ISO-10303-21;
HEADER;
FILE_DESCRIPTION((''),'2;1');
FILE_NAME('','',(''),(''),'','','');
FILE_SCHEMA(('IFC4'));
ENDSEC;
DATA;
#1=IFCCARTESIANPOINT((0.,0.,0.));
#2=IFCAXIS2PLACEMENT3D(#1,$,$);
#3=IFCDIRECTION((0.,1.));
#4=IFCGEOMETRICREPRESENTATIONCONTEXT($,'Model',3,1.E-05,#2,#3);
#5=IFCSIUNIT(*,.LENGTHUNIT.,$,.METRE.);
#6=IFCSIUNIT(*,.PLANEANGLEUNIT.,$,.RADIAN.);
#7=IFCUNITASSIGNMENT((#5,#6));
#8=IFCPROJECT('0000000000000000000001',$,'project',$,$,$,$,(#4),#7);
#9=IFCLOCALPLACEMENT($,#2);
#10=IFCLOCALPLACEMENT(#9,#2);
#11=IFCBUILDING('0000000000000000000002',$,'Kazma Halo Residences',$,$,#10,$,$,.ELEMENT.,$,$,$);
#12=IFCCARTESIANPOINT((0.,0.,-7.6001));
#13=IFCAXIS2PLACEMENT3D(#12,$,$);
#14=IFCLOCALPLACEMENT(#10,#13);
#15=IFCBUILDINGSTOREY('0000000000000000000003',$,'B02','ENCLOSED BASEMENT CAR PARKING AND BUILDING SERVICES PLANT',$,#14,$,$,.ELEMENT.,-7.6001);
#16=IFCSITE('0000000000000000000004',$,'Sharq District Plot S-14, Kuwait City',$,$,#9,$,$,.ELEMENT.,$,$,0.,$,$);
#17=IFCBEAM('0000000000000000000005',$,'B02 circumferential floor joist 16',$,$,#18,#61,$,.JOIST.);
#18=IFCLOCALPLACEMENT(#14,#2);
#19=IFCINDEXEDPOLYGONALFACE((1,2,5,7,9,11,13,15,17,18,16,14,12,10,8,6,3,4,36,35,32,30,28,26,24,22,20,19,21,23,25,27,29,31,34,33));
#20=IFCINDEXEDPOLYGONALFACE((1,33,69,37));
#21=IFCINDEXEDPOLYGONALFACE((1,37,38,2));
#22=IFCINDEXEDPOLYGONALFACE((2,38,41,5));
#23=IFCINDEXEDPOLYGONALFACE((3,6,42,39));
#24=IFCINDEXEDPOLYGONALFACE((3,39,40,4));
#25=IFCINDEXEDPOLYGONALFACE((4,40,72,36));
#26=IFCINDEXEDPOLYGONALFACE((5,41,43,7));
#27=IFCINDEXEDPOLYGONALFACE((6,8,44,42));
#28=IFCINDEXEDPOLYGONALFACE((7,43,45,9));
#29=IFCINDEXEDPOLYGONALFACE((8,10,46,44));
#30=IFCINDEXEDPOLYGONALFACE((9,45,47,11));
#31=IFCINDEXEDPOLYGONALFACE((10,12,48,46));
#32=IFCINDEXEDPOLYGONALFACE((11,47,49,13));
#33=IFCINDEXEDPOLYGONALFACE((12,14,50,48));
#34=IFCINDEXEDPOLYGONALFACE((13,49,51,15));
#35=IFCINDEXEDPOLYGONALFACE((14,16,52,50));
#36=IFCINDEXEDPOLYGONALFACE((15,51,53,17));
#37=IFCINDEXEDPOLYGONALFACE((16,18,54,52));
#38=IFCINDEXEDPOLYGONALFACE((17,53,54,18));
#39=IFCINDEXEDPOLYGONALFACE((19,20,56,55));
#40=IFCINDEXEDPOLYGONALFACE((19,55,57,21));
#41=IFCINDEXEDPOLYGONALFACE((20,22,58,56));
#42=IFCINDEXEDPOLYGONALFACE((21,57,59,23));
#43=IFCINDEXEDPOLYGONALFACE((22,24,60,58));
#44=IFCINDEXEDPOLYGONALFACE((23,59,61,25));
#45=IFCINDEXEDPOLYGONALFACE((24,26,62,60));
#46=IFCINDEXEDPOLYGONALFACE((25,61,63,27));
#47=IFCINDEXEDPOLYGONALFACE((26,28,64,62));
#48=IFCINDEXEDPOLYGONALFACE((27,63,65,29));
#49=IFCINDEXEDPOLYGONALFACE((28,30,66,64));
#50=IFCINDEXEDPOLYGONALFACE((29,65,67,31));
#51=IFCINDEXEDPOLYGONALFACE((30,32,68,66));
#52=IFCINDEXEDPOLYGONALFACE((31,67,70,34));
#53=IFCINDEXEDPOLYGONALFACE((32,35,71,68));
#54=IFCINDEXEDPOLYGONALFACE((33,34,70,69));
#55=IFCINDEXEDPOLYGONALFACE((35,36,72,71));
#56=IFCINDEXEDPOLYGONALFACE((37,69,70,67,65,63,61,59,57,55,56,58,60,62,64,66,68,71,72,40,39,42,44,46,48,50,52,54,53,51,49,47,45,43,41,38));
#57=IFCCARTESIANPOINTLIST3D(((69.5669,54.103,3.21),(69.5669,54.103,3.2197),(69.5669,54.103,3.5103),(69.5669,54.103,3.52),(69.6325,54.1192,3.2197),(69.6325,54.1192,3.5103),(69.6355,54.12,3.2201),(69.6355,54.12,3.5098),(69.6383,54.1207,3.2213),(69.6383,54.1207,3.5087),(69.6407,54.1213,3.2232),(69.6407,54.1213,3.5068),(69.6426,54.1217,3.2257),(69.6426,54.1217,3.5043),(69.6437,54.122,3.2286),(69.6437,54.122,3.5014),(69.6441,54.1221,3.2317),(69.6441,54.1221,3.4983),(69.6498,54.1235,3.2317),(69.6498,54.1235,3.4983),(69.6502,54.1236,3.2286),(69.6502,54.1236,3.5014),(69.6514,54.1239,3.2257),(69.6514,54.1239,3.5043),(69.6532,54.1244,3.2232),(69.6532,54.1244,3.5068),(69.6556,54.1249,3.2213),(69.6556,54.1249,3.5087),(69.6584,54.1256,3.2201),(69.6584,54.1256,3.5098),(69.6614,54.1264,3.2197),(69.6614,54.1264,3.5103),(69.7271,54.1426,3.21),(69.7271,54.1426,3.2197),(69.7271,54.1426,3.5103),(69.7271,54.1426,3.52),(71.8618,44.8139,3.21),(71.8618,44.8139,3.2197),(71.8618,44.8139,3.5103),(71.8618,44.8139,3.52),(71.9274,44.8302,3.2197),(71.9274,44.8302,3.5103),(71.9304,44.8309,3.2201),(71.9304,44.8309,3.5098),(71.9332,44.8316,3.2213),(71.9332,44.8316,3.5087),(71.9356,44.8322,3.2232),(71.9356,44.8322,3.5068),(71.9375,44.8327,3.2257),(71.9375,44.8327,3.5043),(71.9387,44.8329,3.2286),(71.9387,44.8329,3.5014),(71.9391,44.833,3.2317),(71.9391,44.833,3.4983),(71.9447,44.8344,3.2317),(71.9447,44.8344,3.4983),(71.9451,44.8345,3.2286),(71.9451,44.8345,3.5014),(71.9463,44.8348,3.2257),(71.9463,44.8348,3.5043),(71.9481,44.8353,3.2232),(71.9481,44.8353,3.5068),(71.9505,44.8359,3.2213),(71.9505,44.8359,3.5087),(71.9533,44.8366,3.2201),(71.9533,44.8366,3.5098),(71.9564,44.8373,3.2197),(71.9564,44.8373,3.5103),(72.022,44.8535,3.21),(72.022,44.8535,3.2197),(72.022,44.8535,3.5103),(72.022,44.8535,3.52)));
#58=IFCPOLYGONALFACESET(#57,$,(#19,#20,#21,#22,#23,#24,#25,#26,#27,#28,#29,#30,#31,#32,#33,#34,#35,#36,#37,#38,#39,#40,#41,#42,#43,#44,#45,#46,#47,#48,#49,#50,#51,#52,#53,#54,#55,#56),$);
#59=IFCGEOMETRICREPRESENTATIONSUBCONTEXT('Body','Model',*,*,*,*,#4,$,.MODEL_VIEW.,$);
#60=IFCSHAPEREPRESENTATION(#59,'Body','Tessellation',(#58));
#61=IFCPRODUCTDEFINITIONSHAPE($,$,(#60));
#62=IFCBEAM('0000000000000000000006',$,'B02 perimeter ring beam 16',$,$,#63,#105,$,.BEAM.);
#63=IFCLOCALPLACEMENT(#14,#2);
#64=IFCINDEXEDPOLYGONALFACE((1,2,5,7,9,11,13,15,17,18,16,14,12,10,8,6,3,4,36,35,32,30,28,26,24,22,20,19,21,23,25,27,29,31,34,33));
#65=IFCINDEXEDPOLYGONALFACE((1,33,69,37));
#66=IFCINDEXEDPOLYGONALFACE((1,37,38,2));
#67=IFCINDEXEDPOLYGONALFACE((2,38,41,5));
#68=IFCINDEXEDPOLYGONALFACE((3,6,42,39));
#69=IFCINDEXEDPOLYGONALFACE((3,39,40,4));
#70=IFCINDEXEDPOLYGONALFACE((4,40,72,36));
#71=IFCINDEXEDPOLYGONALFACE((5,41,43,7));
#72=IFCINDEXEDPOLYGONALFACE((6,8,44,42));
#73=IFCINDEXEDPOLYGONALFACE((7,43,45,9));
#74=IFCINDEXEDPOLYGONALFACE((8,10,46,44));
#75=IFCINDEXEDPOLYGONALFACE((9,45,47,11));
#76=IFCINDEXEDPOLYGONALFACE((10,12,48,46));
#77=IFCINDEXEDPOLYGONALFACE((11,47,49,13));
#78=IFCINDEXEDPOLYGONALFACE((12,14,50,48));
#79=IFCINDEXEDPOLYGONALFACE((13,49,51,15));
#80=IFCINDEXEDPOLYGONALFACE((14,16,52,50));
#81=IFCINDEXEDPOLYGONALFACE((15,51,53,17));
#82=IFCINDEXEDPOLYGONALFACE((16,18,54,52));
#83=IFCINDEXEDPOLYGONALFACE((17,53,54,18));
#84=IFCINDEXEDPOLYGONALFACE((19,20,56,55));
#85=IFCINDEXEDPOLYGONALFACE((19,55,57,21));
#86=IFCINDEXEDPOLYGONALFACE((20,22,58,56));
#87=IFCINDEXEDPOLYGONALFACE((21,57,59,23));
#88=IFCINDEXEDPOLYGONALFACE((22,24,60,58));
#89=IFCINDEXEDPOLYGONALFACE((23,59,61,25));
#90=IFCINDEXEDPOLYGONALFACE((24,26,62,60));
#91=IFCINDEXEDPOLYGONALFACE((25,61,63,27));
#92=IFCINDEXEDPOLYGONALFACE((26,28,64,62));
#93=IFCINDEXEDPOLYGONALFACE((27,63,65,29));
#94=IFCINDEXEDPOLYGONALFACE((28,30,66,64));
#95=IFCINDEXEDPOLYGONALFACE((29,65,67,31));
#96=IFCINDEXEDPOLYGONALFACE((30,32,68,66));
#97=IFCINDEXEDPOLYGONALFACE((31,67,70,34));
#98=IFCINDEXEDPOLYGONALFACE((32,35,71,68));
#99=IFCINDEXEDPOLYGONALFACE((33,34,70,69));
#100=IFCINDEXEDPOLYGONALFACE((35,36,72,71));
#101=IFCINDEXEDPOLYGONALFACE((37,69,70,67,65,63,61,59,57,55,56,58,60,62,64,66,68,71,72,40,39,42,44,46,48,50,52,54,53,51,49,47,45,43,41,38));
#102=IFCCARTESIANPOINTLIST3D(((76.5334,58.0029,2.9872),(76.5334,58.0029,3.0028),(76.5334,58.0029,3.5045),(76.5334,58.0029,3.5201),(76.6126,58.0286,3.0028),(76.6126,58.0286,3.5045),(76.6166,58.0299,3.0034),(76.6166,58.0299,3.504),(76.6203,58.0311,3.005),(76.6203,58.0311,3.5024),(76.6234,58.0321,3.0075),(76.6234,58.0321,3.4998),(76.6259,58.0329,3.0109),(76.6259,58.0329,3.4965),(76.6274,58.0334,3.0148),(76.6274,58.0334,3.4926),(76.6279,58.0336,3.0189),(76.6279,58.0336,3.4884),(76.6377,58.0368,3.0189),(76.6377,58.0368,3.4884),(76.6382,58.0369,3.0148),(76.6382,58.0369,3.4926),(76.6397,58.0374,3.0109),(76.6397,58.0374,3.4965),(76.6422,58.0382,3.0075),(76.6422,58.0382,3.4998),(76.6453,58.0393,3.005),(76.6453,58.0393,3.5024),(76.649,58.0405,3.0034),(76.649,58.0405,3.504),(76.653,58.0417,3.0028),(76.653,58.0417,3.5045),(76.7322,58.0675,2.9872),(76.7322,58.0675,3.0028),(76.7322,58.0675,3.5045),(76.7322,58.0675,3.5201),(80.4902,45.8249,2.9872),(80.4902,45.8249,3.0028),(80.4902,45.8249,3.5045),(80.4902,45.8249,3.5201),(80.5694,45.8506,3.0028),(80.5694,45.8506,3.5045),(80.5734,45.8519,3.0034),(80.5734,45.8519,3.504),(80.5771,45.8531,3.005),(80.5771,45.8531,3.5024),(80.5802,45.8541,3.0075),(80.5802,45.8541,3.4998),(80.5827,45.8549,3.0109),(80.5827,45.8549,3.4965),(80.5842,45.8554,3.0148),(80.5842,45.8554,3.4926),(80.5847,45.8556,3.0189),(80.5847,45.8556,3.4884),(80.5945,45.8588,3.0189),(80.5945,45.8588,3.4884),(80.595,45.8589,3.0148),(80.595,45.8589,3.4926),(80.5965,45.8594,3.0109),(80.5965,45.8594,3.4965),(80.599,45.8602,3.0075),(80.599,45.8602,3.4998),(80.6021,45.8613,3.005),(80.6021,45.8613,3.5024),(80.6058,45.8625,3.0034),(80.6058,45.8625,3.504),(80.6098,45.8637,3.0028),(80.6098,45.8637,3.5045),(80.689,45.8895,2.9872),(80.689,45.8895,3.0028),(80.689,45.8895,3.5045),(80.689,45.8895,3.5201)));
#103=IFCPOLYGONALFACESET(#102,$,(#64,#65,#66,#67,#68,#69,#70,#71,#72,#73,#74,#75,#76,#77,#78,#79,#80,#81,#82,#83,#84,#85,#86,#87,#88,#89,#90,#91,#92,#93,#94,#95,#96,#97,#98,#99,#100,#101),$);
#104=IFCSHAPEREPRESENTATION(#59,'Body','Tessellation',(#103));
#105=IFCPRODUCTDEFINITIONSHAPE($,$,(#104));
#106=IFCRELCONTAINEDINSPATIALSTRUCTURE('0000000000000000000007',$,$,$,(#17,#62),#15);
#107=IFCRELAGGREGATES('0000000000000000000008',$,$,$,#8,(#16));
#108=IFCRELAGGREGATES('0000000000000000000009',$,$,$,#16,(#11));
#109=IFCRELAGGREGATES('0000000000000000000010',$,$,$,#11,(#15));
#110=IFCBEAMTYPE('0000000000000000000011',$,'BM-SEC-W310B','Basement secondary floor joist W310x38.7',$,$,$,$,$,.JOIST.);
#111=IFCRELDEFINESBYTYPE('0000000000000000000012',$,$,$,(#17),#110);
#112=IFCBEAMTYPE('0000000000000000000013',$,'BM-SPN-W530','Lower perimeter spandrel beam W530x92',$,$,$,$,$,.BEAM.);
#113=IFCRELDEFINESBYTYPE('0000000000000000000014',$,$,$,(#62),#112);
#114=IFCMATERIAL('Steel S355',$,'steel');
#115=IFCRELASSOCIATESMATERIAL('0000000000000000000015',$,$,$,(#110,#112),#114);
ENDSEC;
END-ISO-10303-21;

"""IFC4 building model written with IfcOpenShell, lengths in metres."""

from ifc_helpers import new_model, si_unit, direction, frame, origin, origin_2d, place, context, subcontext, project, spatial, i_section, extrude, material, material_profile, profile_set, type_object, element, save


model = new_model("IFC4")

# Units and contexts
model_context = context("Model", 3, precision=1e-05, world=origin(), true_north=direction((0.0, 1.0)))
body_context = subcontext(model_context, "Body", "Model", "MODEL_VIEW")
ifc_project = project(units=[si_unit("LENGTHUNIT", "METRE"), si_unit("PLANEANGLEUNIT", "RADIAN")], contexts=[model_context])

# Site, building, storey
site_placement = place(None, origin())
site = spatial("IfcSite", under=ifc_project, at=site_placement, Name="Sharq District Plot S-14, Kuwait City", CompositionType="ELEMENT", RefElevation=0.0)
building_placement = place(site_placement, origin())
building = spatial("IfcBuilding", under=site, at=building_placement, Name="Kazma Halo Residences", CompositionType="ELEMENT")
storey_placement = place(building_placement, frame((0.0, 0.0, -7.6001)))
storey = spatial("IfcBuildingStorey", under=building, at=storey_placement, Name="B02", Description="ENCLOSED BASEMENT CAR PARKING AND BUILDING SERVICES PLANT", CompositionType="ELEMENT", Elevation=-7.6001)

# Beams
ifc_material_1 = material(Name="Steel S355", Category="steel")
ifc_material_profile_1 = material_profile(ifc_material_1, i_section(OverallWidth=0.165, OverallDepth=0.3101, WebThickness=0.0059, FlangeThickness=0.0098, FilletRadius=0.012, at=origin_2d()), Name="W310x38.7")
ifc_profile_set_1 = profile_set([ifc_material_profile_1], Name="Steel S355")
beam_type_1 = type_object("IfcBeamType", Name="BM-SEC-W310B", Description="Basement secondary floor joist W310x38.7", PredefinedType="JOIST", material=ifc_profile_set_1)
beam_1_placement = place(storey_placement, frame((71.9419, 44.8337, 3.365), z_axis=(-0.239845, 0.970811, 0.0), x_axis=(-0.970811, -0.239845, 0.0)))
element("IfcBeam", 1, at=beam_1_placement, inside=storey, type_object=beam_type_1, Name="B02 circumferential floor joist 16", PredefinedType="JOIST", context=body_context, shape_type="SweptSolid", body=[
    extrude(i_section(OverallWidth=0.165, OverallDepth=0.3101, WebThickness=0.0059, FlangeThickness=0.0098, FilletRadius=0.012, at=origin_2d()), origin(), (0.0, 0.0, 1.0), 9.5684),
])
ifc_material_profile_2 = material_profile(ifc_material_1, i_section(OverallWidth=0.209, OverallDepth=0.533, WebThickness=0.0103, FlangeThickness=0.0156, FilletRadius=0.0161, at=origin_2d()), Name="W530x92")
ifc_profile_set_2 = profile_set([ifc_material_profile_2], Name="Steel S355")
beam_type_2 = type_object("IfcBeamType", Name="BM-SPN-W530", Description="Lower perimeter spandrel beam W530x92", PredefinedType="BEAM", material=ifc_profile_set_2)
beam_2_placement = place(storey_placement, frame((80.5896, 45.8572, 3.2537), z_axis=(-0.309011, 0.951058, 0.0), x_axis=(-0.951058, -0.309011, 0.0)))
element("IfcBeam", 2, at=beam_2_placement, inside=storey, type_object=beam_type_2, Name="B02 perimeter ring beam 16", PredefinedType="BEAM", context=body_context, shape_type="SweptSolid", body=[
    extrude(i_section(OverallWidth=0.209, OverallDepth=0.533, WebThickness=0.0103, FlangeThickness=0.0156, FilletRadius=0.0161, at=origin_2d()), origin(), (0.0, 0.0, 1.0), 12.8047),
])

save(model, "model.ifc")
